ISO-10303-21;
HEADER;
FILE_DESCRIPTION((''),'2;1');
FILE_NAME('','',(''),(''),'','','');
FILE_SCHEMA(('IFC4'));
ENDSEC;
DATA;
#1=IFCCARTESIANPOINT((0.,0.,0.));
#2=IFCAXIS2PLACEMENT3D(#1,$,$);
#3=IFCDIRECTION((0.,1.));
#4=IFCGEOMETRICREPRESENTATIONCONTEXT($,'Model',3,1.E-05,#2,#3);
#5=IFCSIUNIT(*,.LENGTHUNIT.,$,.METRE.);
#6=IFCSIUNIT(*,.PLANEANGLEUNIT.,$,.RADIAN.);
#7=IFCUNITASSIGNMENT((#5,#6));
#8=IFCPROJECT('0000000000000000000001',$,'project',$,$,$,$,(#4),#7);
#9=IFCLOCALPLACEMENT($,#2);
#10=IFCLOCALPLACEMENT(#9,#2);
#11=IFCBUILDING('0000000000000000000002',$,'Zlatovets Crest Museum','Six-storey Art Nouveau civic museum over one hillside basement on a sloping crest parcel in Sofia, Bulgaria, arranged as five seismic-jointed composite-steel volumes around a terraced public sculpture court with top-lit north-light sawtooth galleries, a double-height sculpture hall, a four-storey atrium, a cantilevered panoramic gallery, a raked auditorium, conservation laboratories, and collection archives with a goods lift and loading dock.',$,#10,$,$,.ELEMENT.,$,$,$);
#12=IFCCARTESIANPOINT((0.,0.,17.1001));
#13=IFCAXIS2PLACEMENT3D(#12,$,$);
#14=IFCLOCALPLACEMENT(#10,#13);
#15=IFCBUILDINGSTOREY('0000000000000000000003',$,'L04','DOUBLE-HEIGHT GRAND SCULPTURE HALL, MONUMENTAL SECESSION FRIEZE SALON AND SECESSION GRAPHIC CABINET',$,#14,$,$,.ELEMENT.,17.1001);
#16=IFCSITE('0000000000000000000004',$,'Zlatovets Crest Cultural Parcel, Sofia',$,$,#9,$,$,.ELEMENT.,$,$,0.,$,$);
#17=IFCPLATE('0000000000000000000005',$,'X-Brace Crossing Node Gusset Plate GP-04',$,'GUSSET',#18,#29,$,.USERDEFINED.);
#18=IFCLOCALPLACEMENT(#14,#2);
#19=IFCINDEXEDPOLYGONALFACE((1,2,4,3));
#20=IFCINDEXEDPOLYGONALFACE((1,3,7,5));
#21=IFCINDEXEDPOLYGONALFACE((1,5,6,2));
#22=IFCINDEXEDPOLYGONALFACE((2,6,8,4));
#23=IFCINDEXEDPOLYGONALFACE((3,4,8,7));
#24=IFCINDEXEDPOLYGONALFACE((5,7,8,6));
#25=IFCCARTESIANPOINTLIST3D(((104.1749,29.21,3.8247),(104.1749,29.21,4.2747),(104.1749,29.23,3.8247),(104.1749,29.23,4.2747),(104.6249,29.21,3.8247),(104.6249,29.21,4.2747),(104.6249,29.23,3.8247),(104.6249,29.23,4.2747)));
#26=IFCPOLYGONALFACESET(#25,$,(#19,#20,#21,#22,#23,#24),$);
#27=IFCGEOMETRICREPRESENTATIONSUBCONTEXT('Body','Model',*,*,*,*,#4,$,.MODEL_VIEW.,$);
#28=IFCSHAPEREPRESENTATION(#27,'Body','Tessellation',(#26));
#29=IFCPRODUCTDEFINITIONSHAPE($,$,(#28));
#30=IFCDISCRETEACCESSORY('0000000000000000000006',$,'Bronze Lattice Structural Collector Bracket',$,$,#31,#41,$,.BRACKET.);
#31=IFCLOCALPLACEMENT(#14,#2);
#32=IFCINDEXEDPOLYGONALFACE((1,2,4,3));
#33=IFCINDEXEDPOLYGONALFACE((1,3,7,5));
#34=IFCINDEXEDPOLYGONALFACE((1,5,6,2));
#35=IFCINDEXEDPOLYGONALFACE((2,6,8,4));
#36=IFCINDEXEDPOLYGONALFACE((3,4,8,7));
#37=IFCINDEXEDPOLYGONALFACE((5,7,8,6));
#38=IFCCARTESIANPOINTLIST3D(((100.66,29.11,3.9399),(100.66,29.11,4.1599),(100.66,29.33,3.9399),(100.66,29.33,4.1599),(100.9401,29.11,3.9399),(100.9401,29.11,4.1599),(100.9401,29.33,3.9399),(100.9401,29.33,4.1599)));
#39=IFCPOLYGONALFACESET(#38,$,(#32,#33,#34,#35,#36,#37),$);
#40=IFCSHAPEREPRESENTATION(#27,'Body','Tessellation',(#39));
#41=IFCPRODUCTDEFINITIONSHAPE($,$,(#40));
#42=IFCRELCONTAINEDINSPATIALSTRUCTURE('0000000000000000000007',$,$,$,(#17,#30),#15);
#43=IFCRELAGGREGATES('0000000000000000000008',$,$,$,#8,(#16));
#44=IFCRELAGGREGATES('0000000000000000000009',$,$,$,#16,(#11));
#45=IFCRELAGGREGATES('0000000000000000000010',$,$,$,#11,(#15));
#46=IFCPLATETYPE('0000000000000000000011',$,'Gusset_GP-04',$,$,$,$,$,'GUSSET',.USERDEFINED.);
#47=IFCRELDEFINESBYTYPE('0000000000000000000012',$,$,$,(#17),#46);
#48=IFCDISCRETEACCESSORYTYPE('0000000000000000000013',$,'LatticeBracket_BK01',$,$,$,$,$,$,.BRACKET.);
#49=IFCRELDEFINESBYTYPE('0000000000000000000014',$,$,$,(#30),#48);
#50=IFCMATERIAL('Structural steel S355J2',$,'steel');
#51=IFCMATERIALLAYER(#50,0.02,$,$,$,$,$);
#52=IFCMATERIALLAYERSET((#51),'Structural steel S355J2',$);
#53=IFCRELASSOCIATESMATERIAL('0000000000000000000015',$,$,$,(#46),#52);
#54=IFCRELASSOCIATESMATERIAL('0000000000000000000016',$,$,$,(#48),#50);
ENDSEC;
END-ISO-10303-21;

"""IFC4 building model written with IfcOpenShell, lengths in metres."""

from ifc_helpers import new_model, si_unit, direction, frame, origin, origin_2d, place, context, subcontext, project, spatial, rectangle, extrude, material, layer, layer_set, type_object, element, save


model = new_model("IFC4")

# Units and contexts
model_context = context("Model", 3, precision=1e-05, world=origin(), true_north=direction((0.0, 1.0)))
body_context = subcontext(model_context, "Body", "Model", "MODEL_VIEW")
ifc_project = project(units=[si_unit("LENGTHUNIT", "METRE"), si_unit("PLANEANGLEUNIT", "RADIAN")], contexts=[model_context])

# Site, building, storey
site_placement = place(None, origin())
site = spatial("IfcSite", under=ifc_project, at=site_placement, Name="Zlatovets Crest Cultural Parcel, Sofia", CompositionType="ELEMENT", RefElevation=0.0)
building_placement = place(site_placement, origin())
building = spatial("IfcBuilding", under=site, at=building_placement, Name="Zlatovets Crest Museum", Description="Six-storey Art Nouveau civic museum over one hillside basement on a sloping crest parcel in Sofia, Bulgaria, arranged as five seismic-jointed composite-steel volumes around a terraced public sculpture court with top-lit north-light sawtooth galleries, a double-height sculpture hall, a four-storey atrium, a cantilevered panoramic gallery, a raked auditorium, conservation laboratories, and collection archives with a goods lift and loading dock.", CompositionType="ELEMENT")
storey_placement = place(building_placement, frame((0.0, 0.0, 17.1001)))
storey = spatial("IfcBuildingStorey", under=building, at=storey_placement, Name="L04", Description="DOUBLE-HEIGHT GRAND SCULPTURE HALL, MONUMENTAL SECESSION FRIEZE SALON AND SECESSION GRAPHIC CABINET", CompositionType="ELEMENT", Elevation=17.1001)

# Shared definitions
ifc_material_1 = material(Name="Structural steel S355J2", Category="steel")

# Plate
ifc_layer_1 = layer(ifc_material_1, 0.02)
ifc_layer_set_1 = layer_set([ifc_layer_1], Name="Structural steel S355J2")
plate_type_1 = type_object("IfcPlateType", Name="Gusset_GP-04", ElementType="GUSSET", PredefinedType="USERDEFINED", material=ifc_layer_set_1)
plate_1_placement = place(storey_placement, frame((104.3999, 29.22, 3.8247), z_axis=(0.0, 0.0, 1.0), x_axis=(1.0, 0.0, 0.0)))
element("IfcPlate", 1, at=plate_1_placement, inside=storey, type_object=plate_type_1, Name="X-Brace Crossing Node Gusset Plate GP-04", ObjectType="GUSSET", PredefinedType="USERDEFINED", context=body_context, shape_type="SweptSolid", body=[
    extrude(rectangle(XDim=0.45, YDim=0.02, at=origin_2d()), origin(), (0.0, 0.0, 1.0), 0.45),
])

# Discrete accessory
discrete_accessory_type = type_object("IfcDiscreteAccessoryType", Name="LatticeBracket_BK01", PredefinedType="BRACKET", material=ifc_material_1)
discrete_accessory_placement = place(storey_placement, frame((100.8, 29.22, 3.9399), z_axis=(0.0, 0.0, 1.0), x_axis=(1.0, 0.0, 0.0)))
element("IfcDiscreteAccessory", 2, at=discrete_accessory_placement, inside=storey, type_object=discrete_accessory_type, Name="Bronze Lattice Structural Collector Bracket", PredefinedType="BRACKET", context=body_context, shape_type="SweptSolid", body=[
    extrude(rectangle(XDim=0.28, YDim=0.22, at=origin_2d()), origin(), (0.0, 0.0, 1.0), 0.22),
])

save(model, "model.ifc")
